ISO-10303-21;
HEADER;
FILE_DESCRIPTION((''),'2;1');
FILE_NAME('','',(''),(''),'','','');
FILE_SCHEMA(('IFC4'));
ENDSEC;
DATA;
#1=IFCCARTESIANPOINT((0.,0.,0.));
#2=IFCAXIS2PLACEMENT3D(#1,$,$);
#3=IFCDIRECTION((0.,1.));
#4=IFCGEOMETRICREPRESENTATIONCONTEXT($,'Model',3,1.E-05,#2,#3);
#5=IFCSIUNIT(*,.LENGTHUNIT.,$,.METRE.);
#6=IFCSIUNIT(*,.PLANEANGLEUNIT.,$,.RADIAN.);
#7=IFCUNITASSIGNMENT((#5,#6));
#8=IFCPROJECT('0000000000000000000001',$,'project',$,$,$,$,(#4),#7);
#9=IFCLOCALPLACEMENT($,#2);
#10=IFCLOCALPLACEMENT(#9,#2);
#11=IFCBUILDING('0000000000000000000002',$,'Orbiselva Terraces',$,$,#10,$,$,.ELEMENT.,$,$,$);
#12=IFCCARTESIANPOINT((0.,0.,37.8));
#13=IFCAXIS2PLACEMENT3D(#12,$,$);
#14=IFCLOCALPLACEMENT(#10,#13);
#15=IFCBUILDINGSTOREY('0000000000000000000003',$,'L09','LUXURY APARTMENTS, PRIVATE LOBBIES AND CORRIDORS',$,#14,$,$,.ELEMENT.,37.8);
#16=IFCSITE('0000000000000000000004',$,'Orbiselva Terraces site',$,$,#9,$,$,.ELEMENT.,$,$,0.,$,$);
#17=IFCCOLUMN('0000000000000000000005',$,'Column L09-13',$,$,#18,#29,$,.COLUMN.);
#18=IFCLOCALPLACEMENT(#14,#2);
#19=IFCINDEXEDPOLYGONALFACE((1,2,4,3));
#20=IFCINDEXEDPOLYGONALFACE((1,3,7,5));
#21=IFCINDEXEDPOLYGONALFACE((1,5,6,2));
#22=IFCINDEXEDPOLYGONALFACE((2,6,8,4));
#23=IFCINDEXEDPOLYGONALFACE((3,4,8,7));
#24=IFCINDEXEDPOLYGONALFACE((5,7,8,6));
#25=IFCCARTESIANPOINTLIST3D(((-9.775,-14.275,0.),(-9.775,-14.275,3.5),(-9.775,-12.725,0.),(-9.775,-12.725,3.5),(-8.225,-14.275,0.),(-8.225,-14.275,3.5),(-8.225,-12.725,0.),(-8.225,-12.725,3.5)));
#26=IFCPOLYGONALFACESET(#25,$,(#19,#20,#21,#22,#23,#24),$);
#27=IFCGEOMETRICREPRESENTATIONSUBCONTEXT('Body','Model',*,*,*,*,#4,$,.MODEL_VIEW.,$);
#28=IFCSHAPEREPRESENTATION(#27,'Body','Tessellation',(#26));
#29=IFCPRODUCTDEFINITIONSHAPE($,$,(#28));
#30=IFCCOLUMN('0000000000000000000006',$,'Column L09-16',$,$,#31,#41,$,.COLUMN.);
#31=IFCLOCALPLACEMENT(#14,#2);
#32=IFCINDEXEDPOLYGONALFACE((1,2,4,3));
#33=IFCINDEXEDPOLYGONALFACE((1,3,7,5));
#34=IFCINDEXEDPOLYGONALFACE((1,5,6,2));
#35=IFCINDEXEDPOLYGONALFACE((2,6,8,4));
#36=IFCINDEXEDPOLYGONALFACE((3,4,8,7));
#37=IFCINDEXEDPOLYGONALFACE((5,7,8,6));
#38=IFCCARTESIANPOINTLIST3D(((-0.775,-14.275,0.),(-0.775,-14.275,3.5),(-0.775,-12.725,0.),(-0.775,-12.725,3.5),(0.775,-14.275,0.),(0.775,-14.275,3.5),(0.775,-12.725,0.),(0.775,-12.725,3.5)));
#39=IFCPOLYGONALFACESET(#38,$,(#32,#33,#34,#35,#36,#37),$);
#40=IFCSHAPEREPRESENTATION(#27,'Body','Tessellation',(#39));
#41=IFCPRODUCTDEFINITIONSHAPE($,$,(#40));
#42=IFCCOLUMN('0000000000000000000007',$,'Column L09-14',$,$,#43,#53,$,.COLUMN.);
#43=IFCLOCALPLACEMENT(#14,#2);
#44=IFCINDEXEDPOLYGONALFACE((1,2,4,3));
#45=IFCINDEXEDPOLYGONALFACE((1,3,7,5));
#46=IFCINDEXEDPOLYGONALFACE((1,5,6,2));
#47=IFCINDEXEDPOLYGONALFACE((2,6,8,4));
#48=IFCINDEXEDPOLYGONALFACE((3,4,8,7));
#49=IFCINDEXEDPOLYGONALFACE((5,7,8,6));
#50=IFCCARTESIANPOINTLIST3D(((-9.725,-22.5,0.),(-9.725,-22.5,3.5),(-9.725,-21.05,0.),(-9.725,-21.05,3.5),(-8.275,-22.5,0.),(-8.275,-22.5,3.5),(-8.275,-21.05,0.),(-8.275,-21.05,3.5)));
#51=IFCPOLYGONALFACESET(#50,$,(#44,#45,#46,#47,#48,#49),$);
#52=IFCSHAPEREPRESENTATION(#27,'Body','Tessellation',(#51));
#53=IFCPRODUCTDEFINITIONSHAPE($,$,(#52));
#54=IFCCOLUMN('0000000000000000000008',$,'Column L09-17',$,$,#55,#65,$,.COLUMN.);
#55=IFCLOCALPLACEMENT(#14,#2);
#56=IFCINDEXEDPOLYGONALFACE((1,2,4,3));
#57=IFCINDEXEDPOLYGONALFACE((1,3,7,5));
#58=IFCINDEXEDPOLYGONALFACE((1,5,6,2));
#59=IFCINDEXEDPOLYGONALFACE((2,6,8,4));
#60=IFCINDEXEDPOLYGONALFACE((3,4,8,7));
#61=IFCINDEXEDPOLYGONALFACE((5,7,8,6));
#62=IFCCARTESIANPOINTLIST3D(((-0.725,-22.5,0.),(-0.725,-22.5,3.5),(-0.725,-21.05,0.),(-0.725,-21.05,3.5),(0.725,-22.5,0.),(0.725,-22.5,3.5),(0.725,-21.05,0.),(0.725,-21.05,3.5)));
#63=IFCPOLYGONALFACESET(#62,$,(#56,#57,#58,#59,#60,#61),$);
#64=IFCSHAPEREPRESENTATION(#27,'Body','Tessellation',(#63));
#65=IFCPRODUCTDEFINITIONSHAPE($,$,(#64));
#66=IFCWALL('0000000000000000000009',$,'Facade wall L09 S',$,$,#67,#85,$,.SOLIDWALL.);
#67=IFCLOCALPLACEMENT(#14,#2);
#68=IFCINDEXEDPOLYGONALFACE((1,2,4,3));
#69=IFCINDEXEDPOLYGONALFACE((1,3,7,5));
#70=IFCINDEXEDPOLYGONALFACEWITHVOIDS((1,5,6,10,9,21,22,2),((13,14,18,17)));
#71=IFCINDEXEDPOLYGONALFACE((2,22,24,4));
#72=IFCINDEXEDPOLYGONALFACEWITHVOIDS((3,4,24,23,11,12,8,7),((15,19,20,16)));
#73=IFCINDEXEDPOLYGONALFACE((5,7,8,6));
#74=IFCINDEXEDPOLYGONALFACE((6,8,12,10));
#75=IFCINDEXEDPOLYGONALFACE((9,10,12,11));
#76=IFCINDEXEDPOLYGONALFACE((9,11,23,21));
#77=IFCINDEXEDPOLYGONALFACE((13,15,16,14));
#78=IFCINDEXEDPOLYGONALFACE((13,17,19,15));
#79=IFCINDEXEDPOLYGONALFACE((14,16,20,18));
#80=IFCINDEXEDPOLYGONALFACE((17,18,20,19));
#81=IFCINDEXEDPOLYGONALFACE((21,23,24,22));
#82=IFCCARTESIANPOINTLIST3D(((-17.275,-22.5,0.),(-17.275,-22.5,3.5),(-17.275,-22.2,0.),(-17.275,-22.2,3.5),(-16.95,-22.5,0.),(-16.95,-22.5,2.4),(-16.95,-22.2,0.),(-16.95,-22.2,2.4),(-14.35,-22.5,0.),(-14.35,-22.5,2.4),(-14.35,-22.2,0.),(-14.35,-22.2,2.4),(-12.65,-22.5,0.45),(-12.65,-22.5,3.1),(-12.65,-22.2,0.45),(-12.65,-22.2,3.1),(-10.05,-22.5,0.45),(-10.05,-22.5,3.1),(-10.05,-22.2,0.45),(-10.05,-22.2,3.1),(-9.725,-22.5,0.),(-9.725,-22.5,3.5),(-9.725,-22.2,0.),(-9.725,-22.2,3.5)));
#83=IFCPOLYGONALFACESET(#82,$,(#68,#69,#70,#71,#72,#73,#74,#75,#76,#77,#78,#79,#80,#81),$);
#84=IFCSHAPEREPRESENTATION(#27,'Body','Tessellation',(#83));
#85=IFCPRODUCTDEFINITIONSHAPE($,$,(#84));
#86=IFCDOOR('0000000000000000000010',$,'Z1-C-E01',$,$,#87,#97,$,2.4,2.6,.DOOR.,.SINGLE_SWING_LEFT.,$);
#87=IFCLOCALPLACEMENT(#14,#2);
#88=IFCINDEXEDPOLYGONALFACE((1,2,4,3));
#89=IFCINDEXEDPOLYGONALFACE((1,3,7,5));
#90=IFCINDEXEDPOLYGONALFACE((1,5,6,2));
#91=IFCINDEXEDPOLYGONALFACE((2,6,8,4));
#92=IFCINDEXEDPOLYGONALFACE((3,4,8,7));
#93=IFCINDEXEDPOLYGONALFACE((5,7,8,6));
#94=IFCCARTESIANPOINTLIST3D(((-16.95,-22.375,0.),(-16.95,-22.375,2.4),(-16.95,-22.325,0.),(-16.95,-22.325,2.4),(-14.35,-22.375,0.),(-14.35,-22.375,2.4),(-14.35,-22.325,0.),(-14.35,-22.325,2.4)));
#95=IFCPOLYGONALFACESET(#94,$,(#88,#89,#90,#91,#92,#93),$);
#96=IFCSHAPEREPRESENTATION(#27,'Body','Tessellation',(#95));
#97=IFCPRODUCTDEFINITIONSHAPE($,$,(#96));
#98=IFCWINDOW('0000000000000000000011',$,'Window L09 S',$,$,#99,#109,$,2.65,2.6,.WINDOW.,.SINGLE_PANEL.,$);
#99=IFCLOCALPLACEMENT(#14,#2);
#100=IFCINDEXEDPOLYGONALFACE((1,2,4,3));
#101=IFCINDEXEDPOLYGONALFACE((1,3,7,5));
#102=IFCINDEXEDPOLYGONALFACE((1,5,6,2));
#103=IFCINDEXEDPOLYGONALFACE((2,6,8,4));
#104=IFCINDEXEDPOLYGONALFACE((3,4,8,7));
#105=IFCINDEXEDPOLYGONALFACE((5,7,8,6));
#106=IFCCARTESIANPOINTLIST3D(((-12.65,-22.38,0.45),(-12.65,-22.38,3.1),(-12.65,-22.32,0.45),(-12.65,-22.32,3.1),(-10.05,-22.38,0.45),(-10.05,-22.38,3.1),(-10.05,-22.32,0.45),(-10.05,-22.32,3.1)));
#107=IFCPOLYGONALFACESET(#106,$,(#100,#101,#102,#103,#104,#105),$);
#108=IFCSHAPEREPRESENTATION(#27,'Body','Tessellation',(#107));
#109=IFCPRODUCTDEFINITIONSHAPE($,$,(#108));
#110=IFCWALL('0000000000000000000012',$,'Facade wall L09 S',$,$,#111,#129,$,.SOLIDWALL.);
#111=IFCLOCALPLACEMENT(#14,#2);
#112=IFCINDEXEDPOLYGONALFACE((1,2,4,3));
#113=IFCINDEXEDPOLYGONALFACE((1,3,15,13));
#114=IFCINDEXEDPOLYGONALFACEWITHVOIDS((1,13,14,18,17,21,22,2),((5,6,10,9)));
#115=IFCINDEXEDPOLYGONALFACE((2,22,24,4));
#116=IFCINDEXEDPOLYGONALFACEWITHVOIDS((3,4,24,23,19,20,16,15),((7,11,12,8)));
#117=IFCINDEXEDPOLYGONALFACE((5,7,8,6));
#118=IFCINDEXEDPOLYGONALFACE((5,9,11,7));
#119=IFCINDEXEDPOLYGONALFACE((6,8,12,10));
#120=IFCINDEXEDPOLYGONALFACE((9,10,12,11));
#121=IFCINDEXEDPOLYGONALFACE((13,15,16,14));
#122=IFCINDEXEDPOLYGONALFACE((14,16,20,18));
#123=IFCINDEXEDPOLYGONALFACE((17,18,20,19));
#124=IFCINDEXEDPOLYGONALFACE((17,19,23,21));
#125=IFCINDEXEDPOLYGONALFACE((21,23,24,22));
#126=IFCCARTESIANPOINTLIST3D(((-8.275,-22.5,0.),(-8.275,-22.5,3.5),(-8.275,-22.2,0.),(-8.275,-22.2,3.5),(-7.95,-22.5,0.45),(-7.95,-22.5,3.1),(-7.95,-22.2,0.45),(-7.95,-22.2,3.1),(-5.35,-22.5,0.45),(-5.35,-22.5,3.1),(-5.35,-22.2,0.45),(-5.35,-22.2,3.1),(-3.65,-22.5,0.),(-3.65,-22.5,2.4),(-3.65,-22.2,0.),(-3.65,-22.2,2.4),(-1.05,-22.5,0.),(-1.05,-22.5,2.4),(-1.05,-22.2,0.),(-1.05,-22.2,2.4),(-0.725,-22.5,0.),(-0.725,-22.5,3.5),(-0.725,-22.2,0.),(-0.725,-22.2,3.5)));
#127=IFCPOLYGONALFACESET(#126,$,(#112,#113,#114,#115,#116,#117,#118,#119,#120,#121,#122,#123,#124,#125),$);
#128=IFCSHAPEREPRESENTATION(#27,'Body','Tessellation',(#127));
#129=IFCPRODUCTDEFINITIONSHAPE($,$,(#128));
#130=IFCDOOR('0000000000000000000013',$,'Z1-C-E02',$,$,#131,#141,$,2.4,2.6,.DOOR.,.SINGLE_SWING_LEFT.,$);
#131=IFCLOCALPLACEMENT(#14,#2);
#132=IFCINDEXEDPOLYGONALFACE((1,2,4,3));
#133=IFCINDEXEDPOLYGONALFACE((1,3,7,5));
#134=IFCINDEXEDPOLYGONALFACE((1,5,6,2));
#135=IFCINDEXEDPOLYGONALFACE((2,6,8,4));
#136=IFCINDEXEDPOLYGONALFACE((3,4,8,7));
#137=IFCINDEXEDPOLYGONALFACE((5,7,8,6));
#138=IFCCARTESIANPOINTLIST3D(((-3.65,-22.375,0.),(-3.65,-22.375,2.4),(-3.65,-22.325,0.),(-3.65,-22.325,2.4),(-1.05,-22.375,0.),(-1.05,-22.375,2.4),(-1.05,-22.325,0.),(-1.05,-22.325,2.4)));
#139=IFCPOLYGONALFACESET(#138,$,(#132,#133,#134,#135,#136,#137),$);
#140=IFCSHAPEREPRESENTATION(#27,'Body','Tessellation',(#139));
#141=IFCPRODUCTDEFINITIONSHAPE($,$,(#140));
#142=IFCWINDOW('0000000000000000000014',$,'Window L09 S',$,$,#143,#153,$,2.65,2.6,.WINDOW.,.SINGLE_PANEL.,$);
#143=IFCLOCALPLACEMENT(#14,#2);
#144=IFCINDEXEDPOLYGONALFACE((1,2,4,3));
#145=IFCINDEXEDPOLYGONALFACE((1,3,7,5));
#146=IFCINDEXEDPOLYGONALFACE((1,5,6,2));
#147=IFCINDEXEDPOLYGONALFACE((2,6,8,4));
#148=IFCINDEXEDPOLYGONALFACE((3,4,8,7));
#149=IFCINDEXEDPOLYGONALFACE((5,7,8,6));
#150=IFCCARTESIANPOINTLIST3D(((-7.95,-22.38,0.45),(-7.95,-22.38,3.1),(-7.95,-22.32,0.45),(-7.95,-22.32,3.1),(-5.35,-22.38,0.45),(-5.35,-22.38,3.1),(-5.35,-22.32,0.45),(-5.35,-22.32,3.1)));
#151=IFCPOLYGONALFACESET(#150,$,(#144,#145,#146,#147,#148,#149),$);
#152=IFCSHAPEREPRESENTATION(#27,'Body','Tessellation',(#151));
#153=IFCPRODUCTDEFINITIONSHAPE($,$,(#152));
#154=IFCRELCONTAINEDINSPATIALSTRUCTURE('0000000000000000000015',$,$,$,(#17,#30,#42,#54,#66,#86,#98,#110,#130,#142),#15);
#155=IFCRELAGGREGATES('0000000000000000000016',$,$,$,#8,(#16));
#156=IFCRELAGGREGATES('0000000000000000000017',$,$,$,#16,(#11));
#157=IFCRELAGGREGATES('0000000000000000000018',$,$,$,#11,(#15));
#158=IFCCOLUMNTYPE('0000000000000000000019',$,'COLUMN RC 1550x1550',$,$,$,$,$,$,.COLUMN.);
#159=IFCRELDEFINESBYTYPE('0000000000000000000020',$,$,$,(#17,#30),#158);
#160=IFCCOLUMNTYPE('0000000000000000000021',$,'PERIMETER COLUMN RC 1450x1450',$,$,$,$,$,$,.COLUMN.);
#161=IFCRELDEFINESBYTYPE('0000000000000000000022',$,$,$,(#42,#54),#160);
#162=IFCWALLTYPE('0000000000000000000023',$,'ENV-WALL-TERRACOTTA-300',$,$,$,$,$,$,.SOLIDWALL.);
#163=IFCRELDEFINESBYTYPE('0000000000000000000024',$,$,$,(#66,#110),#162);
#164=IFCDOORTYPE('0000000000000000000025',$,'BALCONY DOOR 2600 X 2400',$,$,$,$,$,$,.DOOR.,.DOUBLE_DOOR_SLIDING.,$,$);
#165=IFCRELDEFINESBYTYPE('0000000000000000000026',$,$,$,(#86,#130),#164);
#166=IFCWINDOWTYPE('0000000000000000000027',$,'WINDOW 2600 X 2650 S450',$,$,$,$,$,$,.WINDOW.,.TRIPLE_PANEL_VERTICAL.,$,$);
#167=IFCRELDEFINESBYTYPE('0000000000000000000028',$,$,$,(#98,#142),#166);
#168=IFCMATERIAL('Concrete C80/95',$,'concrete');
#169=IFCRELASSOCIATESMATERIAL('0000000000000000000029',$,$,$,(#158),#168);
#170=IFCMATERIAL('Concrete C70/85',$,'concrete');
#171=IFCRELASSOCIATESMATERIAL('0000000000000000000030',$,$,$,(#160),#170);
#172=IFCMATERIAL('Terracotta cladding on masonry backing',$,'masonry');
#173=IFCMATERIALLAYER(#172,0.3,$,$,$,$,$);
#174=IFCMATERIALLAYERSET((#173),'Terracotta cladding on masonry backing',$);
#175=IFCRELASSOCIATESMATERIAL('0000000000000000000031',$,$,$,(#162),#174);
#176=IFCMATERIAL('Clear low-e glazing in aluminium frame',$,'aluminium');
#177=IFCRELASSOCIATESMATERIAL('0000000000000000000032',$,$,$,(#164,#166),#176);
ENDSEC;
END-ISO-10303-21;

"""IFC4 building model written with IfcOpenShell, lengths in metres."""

from ifc_helpers import new_model, si_unit, direction, frame, frame_2d, origin, origin_2d, place, context, subcontext, project, spatial, rectangle, extrude, material, layer, layer_set, material_profile, profile_set, type_object, element, fill, save


model = new_model("IFC4")

# Units and contexts
model_context = context("Model", 3, precision=1e-05, world=origin(), true_north=direction((0.0, 1.0)))
body_context = subcontext(model_context, "Body", "Model", "MODEL_VIEW")
ifc_project = project(units=[si_unit("LENGTHUNIT", "METRE"), si_unit("PLANEANGLEUNIT", "RADIAN")], contexts=[model_context])

# Site, building, storey
site_placement = place(None, origin())
site = spatial("IfcSite", under=ifc_project, at=site_placement, Name="Orbiselva Terraces site", CompositionType="ELEMENT", RefElevation=0.0)
building_placement = place(site_placement, origin())
building = spatial("IfcBuilding", under=site, at=building_placement, Name="Orbiselva Terraces", CompositionType="ELEMENT")
storey_placement = place(building_placement, frame((0.0, 0.0, 37.8)))
storey = spatial("IfcBuildingStorey", under=building, at=storey_placement, Name="L09", Description="LUXURY APARTMENTS, PRIVATE LOBBIES AND CORRIDORS", CompositionType="ELEMENT", Elevation=37.8)

# Columns
ifc_material_1 = material(Name="Concrete C80/95", Category="concrete")
ifc_material_profile_1 = material_profile(ifc_material_1, rectangle(XDim=1.55, YDim=1.55, at=origin_2d()), Name="RC 1550x1550")
ifc_profile_set_1 = profile_set([ifc_material_profile_1], Name="Concrete C80/95")
column_type_1 = type_object("IfcColumnType", Name="COLUMN RC 1550x1550", PredefinedType="COLUMN", material=ifc_profile_set_1)
for number, where, z_axis, x_axis, name in (
    (1, (-9.0, -13.5, 0.0), (0.0, 0.0, 1.0), (1.0, 0.0, 0.0), "Column L09-13"),
    (2, (0.0, -13.5, 0.0), (0.0, 0.0, 1.0), (1.0, 0.0, 0.0), "Column L09-16"),
):
    element("IfcColumn", number, at=place(storey_placement, frame(where, z_axis=z_axis, x_axis=x_axis)), inside=storey, type_object=column_type_1, Name=name, PredefinedType="COLUMN", context=body_context, shape_type="SweptSolid", body=[
        extrude(rectangle(XDim=1.55, YDim=1.55, at=origin_2d()), origin(), (0.0, 0.0, 1.0), 3.5),
    ])
ifc_material_2 = material(Name="Concrete C70/85", Category="concrete")
ifc_material_profile_2 = material_profile(ifc_material_2, rectangle(XDim=1.45, YDim=1.45, at=origin_2d()), Name="RC 1450x1450")
ifc_profile_set_2 = profile_set([ifc_material_profile_2], Name="Concrete C70/85")
column_type_2 = type_object("IfcColumnType", Name="PERIMETER COLUMN RC 1450x1450", PredefinedType="COLUMN", material=ifc_profile_set_2)
for number, where, z_axis, x_axis, name in (
    (3, (-9.0, -21.775, 0.0), (0.0, 0.0, 1.0), (1.0, 0.0, 0.0), "Column L09-14"),
    (4, (0.0, -21.775, 0.0), (0.0, 0.0, 1.0), (1.0, 0.0, 0.0), "Column L09-17"),
):
    element("IfcColumn", number, at=place(storey_placement, frame(where, z_axis=z_axis, x_axis=x_axis)), inside=storey, type_object=column_type_2, Name=name, PredefinedType="COLUMN", context=body_context, shape_type="SweptSolid", body=[
        extrude(rectangle(XDim=1.45, YDim=1.45, at=origin_2d()), origin(), (0.0, 0.0, 1.0), 3.5),
    ])

# Walls, openings, doors, windows
ifc_material_3 = material(Name="Terracotta cladding on masonry backing", Category="masonry")
ifc_layer_1 = layer(ifc_material_3, 0.3)
ifc_layer_set_1 = layer_set([ifc_layer_1], Name="Terracotta cladding on masonry backing")
wall_type_1 = type_object("IfcWallType", Name="ENV-WALL-TERRACOTTA-300", PredefinedType="SOLIDWALL", material=ifc_layer_set_1)
wall_1_placement = place(storey_placement, frame((-9.725, -22.35, 0.0), z_axis=(0.0, 0.0, 1.0), x_axis=(-1.0, 0.0, 0.0)))
wall_1 = element("IfcWall", 5, at=wall_1_placement, inside=storey, type_object=wall_type_1, Name="Facade wall L09 S", PredefinedType="SOLIDWALL", context=body_context, shape_type="SweptSolid", body=[
    extrude(rectangle(XDim=7.55, YDim=0.3, at=frame_2d((3.775, 0.0))), origin(), (0.0, 0.0, 1.0), 3.5),
])
opening_1_placement = place(wall_1_placement, frame((4.625, 0.0, 0.0)))
opening_1 = element("IfcOpeningElement", 6, at=opening_1_placement, cuts=wall_1, PredefinedType="OPENING", context=body_context, shape_type="SweptSolid", body=[
    extrude(rectangle(XDim=2.6, YDim=2.4, at=frame_2d((1.3, 1.2))), frame((0.0, 0.16, 0.0), z_axis=(0.0, -1.0, 0.0), x_axis=(1.0, 0.0, 0.0)), (0.0, 0.0, 1.0), 0.32),
])
opening_2_placement = place(wall_1_placement, frame((0.325, 0.0, 0.45)))
opening_2 = element("IfcOpeningElement", 7, at=opening_2_placement, cuts=wall_1, PredefinedType="OPENING", context=body_context, shape_type="SweptSolid", body=[
    extrude(rectangle(XDim=2.6, YDim=2.65, at=frame_2d((1.3, 1.325))), frame((0.0, 0.16, 0.0), z_axis=(0.0, -1.0, 0.0), x_axis=(1.0, 0.0, 0.0)), (0.0, 0.0, 1.0), 0.32),
])
ifc_material_4 = material(Name="Clear low-e glazing in aluminium frame", Category="aluminium")
door_type_1 = type_object("IfcDoorType", Name="BALCONY DOOR 2600 X 2400", OperationType="DOUBLE_DOOR_SLIDING", PredefinedType="DOOR", material=ifc_material_4)
door_1_placement = place(opening_1_placement, origin())
door_1 = element("IfcDoor", 8, at=door_1_placement, inside=storey, type_object=door_type_1, Name="Z1-C-E01", OperationType="SINGLE_SWING_LEFT", OverallHeight=2.4, OverallWidth=2.6, PredefinedType="DOOR", context=body_context, shape_type="SweptSolid", body=[
    extrude(rectangle(XDim=2.6, YDim=2.4, at=frame_2d((1.3, 1.2))), frame((0.0, 0.025, 0.0), z_axis=(0.0, -1.0, 0.0), x_axis=(1.0, 0.0, 0.0)), (0.0, 0.0, 1.0), 0.05),
])
fill(opening_1, door_1)
window_type = type_object("IfcWindowType", Name="WINDOW 2600 X 2650 S450", PartitioningType="TRIPLE_PANEL_VERTICAL", PredefinedType="WINDOW", material=ifc_material_4)
window_1_placement = place(opening_2_placement, origin())
window_1 = element("IfcWindow", 9, at=window_1_placement, inside=storey, type_object=window_type, Name="Window L09 S", OverallHeight=2.65, OverallWidth=2.6, PartitioningType="SINGLE_PANEL", PredefinedType="WINDOW", context=body_context, shape_type="SweptSolid", body=[
    extrude(rectangle(XDim=2.6, YDim=2.65, at=frame_2d((1.3, 1.325))), frame((0.0, 0.03, 0.0), z_axis=(0.0, -1.0, 0.0), x_axis=(1.0, 0.0, 0.0)), (0.0, 0.0, 1.0), 0.06),
])
fill(opening_2, window_1)
wall_2_placement = place(storey_placement, frame((-0.725, -22.35, 0.0), z_axis=(0.0, 0.0, 1.0), x_axis=(-1.0, 0.0, 0.0)))
wall_2 = element("IfcWall", 10, at=wall_2_placement, inside=storey, type_object=wall_type_1, Name="Facade wall L09 S", PredefinedType="SOLIDWALL", context=body_context, shape_type="SweptSolid", body=[
    extrude(rectangle(XDim=7.55, YDim=0.3, at=frame_2d((3.775, 0.0))), origin(), (0.0, 0.0, 1.0), 3.5),
])
opening_3_placement = place(wall_2_placement, frame((4.625, 0.0, 0.45)))
opening_3 = element("IfcOpeningElement", 11, at=opening_3_placement, cuts=wall_2, PredefinedType="OPENING", context=body_context, shape_type="SweptSolid", body=[
    extrude(rectangle(XDim=2.6, YDim=2.65, at=frame_2d((1.3, 1.325))), frame((0.0, 0.16, 0.0), z_axis=(0.0, -1.0, 0.0), x_axis=(1.0, 0.0, 0.0)), (0.0, 0.0, 1.0), 0.32),
])
opening_4_placement = place(wall_2_placement, frame((0.325, 0.0, 0.0)))
opening_4 = element("IfcOpeningElement", 12, at=opening_4_placement, cuts=wall_2, PredefinedType="OPENING", context=body_context, shape_type="SweptSolid", body=[
    extrude(rectangle(XDim=2.6, YDim=2.4, at=frame_2d((1.3, 1.2))), frame((0.0, 0.16, 0.0), z_axis=(0.0, -1.0, 0.0), x_axis=(1.0, 0.0, 0.0)), (0.0, 0.0, 1.0), 0.32),
])
door_2_placement = place(opening_4_placement, origin())
door_2 = element("IfcDoor", 13, at=door_2_placement, inside=storey, type_object=door_type_1, Name="Z1-C-E02", OperationType="SINGLE_SWING_LEFT", OverallHeight=2.4, OverallWidth=2.6, PredefinedType="DOOR", context=body_context, shape_type="SweptSolid", body=[
    extrude(rectangle(XDim=2.6, YDim=2.4, at=frame_2d((1.3, 1.2))), frame((0.0, 0.025, 0.0), z_axis=(0.0, -1.0, 0.0), x_axis=(1.0, 0.0, 0.0)), (0.0, 0.0, 1.0), 0.05),
])
fill(opening_4, door_2)
window_2_placement = place(opening_3_placement, origin())
window_2 = element("IfcWindow", 14, at=window_2_placement, inside=storey, type_object=window_type, Name="Window L09 S", OverallHeight=2.65, OverallWidth=2.6, PartitioningType="SINGLE_PANEL", PredefinedType="WINDOW", context=body_context, shape_type="SweptSolid", body=[
    extrude(rectangle(XDim=2.6, YDim=2.65, at=frame_2d((1.3, 1.325))), frame((0.0, 0.03, 0.0), z_axis=(0.0, -1.0, 0.0), x_axis=(1.0, 0.0, 0.0)), (0.0, 0.0, 1.0), 0.06),
])
fill(opening_3, window_2)

save(model, "model.ifc")
